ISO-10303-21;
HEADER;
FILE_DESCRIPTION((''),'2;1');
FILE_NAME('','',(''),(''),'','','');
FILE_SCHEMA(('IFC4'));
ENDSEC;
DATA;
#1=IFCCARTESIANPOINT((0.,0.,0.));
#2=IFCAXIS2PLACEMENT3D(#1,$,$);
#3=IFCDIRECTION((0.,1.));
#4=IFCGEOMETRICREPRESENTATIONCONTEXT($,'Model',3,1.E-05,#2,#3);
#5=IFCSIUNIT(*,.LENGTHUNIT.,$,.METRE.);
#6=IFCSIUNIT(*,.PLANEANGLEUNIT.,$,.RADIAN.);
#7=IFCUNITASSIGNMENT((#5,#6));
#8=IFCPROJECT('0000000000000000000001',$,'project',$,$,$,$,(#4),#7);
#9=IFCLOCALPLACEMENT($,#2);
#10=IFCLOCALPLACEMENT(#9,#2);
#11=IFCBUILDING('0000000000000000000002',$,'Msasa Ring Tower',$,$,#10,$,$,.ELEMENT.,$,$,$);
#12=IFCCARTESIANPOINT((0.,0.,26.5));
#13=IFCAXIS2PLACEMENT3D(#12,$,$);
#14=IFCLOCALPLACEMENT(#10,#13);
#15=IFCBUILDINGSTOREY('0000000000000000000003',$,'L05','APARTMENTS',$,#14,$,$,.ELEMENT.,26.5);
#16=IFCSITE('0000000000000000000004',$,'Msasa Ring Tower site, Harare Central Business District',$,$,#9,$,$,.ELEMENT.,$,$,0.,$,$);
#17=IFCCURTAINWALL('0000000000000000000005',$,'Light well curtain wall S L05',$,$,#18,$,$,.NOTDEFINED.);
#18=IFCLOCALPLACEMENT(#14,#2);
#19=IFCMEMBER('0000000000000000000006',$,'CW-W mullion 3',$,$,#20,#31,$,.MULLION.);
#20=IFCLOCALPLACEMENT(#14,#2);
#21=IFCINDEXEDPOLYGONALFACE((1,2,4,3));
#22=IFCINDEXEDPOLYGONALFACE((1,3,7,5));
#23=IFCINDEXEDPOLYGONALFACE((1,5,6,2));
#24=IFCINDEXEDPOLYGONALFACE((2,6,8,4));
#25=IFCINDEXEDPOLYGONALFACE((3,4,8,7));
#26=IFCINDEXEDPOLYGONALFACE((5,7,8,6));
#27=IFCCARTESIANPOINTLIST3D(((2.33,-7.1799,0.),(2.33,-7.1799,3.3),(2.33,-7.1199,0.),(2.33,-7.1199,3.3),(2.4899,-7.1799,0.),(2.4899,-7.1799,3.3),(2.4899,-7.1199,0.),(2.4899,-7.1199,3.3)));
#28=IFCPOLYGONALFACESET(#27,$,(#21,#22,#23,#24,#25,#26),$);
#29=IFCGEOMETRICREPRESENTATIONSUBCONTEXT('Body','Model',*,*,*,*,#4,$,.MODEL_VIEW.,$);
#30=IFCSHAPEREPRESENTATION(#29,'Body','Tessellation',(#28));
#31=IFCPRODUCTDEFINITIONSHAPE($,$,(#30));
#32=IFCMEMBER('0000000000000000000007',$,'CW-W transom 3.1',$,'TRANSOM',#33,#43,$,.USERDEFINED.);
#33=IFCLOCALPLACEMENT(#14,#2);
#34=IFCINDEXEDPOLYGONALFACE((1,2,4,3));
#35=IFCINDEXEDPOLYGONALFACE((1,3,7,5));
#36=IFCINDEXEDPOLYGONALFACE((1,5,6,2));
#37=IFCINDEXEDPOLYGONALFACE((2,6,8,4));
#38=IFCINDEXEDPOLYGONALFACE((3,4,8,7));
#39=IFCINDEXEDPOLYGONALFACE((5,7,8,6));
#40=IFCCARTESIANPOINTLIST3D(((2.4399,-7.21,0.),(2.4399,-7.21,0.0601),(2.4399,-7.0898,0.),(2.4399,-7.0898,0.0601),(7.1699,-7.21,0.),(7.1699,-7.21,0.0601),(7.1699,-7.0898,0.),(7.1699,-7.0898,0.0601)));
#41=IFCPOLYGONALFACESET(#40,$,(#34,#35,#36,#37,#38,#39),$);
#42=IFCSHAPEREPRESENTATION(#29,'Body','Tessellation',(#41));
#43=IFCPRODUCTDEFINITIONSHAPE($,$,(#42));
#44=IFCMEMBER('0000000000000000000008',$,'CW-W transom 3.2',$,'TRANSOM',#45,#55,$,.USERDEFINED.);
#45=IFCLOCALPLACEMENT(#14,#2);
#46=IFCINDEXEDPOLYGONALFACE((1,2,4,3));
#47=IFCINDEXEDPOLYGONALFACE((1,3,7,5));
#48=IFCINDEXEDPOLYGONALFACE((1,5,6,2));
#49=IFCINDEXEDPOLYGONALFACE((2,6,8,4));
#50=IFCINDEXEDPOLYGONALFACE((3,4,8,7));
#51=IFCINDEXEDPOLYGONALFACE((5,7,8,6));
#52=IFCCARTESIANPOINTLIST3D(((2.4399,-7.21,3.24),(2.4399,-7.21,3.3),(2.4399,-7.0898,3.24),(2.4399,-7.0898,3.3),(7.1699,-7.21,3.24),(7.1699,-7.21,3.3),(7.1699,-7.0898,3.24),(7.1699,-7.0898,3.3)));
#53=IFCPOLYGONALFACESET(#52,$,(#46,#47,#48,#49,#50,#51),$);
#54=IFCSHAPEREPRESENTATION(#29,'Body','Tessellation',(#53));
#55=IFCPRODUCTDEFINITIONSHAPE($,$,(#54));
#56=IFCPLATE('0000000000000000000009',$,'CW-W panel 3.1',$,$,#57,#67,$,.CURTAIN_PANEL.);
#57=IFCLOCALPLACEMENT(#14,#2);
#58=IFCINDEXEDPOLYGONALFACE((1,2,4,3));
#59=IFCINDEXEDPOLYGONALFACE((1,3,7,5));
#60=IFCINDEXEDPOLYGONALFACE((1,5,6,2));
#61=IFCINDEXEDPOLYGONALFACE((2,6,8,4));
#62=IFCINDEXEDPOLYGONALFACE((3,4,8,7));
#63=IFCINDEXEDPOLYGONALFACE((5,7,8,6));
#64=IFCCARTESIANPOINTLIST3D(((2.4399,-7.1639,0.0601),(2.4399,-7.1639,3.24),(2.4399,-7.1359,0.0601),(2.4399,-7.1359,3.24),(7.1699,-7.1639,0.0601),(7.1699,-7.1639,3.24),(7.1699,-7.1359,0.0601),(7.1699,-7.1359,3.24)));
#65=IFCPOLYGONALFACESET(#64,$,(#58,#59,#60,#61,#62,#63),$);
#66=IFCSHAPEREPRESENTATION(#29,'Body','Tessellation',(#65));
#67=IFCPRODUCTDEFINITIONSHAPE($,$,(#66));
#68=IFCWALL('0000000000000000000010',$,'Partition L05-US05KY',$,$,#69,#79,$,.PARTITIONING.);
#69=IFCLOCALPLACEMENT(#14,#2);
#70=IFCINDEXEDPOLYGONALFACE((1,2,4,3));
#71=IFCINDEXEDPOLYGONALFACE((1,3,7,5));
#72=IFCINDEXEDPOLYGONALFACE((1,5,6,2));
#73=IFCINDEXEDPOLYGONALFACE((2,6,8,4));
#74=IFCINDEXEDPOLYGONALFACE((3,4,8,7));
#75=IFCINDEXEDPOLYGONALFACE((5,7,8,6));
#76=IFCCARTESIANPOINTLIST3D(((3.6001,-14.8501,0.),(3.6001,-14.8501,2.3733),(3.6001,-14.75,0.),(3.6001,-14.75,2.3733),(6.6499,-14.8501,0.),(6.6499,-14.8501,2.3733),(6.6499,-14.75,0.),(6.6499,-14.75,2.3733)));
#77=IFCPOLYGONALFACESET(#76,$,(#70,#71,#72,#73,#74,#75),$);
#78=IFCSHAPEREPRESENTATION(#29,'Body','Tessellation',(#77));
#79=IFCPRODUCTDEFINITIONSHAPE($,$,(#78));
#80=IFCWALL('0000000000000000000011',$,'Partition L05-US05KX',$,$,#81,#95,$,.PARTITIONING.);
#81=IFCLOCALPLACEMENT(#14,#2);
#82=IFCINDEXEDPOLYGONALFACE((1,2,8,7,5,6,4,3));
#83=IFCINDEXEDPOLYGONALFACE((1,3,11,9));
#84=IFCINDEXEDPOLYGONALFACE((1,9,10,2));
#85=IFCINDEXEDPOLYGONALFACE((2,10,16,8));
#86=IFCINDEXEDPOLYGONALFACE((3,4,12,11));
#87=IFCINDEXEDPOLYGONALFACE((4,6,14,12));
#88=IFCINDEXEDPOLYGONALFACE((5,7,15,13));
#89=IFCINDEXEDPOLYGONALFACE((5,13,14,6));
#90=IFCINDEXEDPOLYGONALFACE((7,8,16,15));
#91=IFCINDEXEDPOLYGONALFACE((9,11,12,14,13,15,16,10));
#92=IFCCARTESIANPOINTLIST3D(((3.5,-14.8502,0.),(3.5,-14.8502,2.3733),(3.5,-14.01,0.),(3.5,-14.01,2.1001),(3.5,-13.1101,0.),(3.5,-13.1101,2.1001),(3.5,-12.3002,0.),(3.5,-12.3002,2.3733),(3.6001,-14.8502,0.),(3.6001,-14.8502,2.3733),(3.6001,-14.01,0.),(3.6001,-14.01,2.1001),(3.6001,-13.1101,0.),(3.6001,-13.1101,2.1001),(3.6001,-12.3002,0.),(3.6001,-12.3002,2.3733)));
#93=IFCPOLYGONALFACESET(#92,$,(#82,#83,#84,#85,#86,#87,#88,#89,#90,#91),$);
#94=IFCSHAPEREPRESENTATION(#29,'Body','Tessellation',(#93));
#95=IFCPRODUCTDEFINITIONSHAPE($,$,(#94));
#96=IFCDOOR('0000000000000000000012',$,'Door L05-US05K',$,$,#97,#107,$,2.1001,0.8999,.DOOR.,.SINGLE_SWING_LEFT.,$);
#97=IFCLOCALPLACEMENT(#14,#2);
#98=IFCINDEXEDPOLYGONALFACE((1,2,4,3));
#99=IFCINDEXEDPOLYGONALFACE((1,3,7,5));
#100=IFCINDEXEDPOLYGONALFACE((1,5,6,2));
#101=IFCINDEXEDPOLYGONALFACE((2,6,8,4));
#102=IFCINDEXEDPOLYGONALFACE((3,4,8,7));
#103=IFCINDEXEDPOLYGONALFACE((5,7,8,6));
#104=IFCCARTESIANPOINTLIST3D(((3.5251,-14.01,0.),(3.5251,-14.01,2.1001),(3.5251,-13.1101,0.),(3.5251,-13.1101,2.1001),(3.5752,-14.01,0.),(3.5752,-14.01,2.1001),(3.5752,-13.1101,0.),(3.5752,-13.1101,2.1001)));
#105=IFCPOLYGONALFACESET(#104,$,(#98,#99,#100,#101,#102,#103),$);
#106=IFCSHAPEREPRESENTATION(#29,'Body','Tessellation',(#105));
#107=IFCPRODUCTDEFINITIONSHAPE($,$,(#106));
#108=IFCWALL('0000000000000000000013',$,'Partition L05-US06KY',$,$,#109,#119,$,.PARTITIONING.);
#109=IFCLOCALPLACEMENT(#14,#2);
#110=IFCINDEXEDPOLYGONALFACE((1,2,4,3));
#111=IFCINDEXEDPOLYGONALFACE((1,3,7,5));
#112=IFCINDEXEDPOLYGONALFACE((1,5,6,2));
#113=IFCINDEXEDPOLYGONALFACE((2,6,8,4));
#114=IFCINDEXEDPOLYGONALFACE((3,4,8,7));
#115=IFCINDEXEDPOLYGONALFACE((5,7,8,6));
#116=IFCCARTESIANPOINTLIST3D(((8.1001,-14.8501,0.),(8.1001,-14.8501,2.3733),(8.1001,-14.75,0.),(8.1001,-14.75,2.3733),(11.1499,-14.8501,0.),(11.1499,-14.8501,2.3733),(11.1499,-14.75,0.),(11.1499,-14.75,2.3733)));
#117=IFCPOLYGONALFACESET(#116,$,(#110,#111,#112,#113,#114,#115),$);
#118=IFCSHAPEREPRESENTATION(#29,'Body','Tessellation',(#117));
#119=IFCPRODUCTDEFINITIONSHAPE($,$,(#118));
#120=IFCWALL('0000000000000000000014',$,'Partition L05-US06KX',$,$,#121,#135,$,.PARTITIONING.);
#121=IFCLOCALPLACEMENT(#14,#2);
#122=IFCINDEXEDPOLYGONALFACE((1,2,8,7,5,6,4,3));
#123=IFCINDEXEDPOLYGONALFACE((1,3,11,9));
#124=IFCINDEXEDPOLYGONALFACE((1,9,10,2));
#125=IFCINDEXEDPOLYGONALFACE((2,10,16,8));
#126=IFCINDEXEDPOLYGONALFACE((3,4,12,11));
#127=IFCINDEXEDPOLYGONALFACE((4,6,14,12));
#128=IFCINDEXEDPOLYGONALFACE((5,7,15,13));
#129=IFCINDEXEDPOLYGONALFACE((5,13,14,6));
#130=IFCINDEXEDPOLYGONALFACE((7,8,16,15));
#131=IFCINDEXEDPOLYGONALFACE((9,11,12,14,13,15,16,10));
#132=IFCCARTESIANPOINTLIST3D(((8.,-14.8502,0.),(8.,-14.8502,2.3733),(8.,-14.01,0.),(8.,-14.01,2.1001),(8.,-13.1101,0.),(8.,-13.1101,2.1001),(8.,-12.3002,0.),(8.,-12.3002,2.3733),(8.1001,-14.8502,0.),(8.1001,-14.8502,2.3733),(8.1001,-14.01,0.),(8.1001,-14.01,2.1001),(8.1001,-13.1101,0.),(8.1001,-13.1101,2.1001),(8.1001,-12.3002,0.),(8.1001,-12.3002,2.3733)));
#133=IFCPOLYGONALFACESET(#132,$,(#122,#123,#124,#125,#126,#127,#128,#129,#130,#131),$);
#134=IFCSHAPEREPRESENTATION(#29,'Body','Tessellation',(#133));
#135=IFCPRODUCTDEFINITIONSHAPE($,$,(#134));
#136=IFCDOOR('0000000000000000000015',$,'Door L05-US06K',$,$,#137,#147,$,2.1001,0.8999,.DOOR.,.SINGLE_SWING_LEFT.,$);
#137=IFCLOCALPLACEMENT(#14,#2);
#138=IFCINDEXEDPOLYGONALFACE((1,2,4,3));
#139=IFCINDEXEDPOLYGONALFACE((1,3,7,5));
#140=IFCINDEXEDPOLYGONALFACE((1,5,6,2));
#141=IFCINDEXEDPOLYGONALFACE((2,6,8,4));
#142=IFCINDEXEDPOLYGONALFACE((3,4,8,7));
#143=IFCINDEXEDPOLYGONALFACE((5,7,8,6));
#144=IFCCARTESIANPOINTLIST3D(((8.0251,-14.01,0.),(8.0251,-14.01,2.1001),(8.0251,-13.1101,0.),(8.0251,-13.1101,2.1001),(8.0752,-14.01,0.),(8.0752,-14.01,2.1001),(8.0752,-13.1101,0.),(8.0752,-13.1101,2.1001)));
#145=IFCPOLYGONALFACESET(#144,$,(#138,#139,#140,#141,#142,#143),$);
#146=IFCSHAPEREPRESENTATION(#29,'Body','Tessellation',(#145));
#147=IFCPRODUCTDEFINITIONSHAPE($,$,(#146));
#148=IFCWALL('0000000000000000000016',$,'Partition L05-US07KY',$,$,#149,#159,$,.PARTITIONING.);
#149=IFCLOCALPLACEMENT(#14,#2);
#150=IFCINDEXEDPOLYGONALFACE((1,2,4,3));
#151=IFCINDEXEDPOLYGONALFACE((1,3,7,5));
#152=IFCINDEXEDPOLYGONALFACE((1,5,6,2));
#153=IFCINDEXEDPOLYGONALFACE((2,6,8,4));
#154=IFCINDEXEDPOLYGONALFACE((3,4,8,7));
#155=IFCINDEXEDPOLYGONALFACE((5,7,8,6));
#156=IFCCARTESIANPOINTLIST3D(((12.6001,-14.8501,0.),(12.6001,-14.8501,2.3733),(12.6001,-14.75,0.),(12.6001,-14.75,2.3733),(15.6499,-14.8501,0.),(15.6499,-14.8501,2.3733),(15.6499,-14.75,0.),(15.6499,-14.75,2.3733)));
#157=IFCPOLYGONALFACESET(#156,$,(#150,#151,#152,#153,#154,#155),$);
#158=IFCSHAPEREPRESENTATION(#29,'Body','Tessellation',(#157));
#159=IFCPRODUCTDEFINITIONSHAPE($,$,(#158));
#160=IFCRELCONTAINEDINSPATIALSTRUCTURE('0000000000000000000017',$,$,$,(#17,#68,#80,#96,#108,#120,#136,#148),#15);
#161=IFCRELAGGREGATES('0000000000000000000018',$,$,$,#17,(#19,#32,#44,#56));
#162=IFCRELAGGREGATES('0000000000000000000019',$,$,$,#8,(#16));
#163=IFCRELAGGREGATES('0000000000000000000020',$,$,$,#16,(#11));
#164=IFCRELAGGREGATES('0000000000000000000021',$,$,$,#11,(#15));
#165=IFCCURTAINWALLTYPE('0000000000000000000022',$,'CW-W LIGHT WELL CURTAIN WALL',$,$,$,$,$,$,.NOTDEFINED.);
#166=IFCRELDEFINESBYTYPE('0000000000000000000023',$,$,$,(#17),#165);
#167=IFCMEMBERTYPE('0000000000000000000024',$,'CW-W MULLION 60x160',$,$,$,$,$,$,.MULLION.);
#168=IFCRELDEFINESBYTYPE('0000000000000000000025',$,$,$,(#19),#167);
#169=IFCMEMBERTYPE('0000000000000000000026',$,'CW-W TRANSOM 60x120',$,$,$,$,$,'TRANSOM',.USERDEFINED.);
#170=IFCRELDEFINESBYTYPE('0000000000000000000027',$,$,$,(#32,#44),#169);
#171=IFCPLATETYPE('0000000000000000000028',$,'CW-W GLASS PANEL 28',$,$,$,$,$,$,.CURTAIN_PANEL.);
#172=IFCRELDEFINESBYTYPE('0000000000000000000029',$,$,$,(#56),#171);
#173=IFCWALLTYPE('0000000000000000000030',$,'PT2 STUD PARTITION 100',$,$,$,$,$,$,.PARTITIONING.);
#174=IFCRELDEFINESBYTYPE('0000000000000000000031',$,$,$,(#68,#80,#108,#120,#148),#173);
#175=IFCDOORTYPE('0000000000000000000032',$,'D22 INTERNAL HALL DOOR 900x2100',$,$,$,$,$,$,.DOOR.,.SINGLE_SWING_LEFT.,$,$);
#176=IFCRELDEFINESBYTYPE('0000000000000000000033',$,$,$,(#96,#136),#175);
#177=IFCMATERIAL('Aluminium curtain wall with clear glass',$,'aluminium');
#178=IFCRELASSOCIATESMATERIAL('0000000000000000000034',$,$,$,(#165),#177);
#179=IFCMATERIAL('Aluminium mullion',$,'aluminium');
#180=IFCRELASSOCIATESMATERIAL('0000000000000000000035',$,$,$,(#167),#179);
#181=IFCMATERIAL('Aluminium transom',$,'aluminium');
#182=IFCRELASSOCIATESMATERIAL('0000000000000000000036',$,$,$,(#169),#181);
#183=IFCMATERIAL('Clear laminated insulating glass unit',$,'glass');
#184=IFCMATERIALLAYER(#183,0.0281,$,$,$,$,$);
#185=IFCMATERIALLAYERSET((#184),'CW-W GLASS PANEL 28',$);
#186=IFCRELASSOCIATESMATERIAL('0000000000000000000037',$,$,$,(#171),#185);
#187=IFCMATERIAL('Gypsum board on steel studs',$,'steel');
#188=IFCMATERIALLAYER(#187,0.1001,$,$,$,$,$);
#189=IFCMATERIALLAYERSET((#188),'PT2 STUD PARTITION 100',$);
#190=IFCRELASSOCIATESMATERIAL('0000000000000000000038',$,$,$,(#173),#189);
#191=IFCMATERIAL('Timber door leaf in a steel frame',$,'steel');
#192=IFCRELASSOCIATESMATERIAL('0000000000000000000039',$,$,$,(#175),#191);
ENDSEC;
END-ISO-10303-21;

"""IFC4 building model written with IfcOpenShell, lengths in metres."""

from ifc_helpers import new_model, si_unit, direction, frame, frame_2d, origin, origin_2d, place, context, subcontext, project, spatial, rectangle, extrude, material, layer, layer_set, material_profile, profile_set, type_object, element, fill, aggregate, save


model = new_model("IFC4")

# Units and contexts
model_context = context("Model", 3, precision=1e-05, world=origin(), true_north=direction((0.0, 1.0)))
body_context = subcontext(model_context, "Body", "Model", "MODEL_VIEW")
ifc_project = project(units=[si_unit("LENGTHUNIT", "METRE"), si_unit("PLANEANGLEUNIT", "RADIAN")], contexts=[model_context])

# Site, building, storey
site_placement = place(None, origin())
site = spatial("IfcSite", under=ifc_project, at=site_placement, Name="Msasa Ring Tower site, Harare Central Business District", CompositionType="ELEMENT", RefElevation=0.0)
building_placement = place(site_placement, origin())
building = spatial("IfcBuilding", under=site, at=building_placement, Name="Msasa Ring Tower", CompositionType="ELEMENT")
storey_placement = place(building_placement, frame((0.0, 0.0, 26.5)))
storey = spatial("IfcBuildingStorey", under=building, at=storey_placement, Name="L05", Description="APARTMENTS", CompositionType="ELEMENT", Elevation=26.5)

# Curtain wall, members, plate
ifc_material_1 = material(Name="Aluminium curtain wall with clear glass", Category="aluminium")
curtain_wall_type = type_object("IfcCurtainWallType", Name="CW-W LIGHT WELL CURTAIN WALL", PredefinedType="NOTDEFINED", material=ifc_material_1)
curtain_wall_placement = place(storey_placement, origin())
curtain_wall = element("IfcCurtainWall", 1, at=curtain_wall_placement, inside=storey, type_object=curtain_wall_type, Name="Light well curtain wall S L05", PredefinedType="NOTDEFINED")
ifc_material_2 = material(Name="Aluminium mullion", Category="aluminium")
ifc_material_profile_1 = material_profile(ifc_material_2, rectangle(XDim=0.0601, YDim=0.1599, at=origin_2d()), Name="AL 60x160")
ifc_profile_set_1 = profile_set([ifc_material_profile_1], Name="Aluminium mullion")
member_type_1 = type_object("IfcMemberType", Name="CW-W MULLION 60x160", PredefinedType="MULLION", material=ifc_profile_set_1)
member_1_placement = place(storey_placement, frame((2.4099, -7.1499, 0.0), z_axis=(0.0, 0.0, 1.0), x_axis=(0.0, 1.0, 0.0)))
member_1 = element("IfcMember", 2, at=member_1_placement, type_object=member_type_1, Name="CW-W mullion 3", PredefinedType="MULLION", context=body_context, shape_type="SweptSolid", body=[
    extrude(rectangle(XDim=0.0601, YDim=0.1599, at=origin_2d()), origin(), (0.0, 0.0, 1.0), 3.3),
])
ifc_material_3 = material(Name="Aluminium transom", Category="aluminium")
ifc_material_profile_2 = material_profile(ifc_material_3, rectangle(XDim=0.1201, YDim=0.0601, at=origin_2d()), Name="AL 60x120")
ifc_profile_set_2 = profile_set([ifc_material_profile_2], Name="Aluminium transom")
member_type_2 = type_object("IfcMemberType", Name="CW-W TRANSOM 60x120", ElementType="TRANSOM", PredefinedType="USERDEFINED", material=ifc_profile_set_2)
member_2_placement = place(storey_placement, frame((2.4399, -7.1499, 0.03), z_axis=(1.0, 0.0, 0.0), x_axis=(0.0, 1.0, 0.0)))
member_2 = element("IfcMember", 3, at=member_2_placement, type_object=member_type_2, Name="CW-W transom 3.1", ObjectType="TRANSOM", PredefinedType="USERDEFINED", context=body_context, shape_type="SweptSolid", body=[
    extrude(rectangle(XDim=0.1201, YDim=0.0601, at=origin_2d()), origin(), (0.0, 0.0, 1.0), 4.73),
])
member_3_placement = place(storey_placement, frame((2.4399, -7.1499, 3.27), z_axis=(1.0, 0.0, 0.0), x_axis=(0.0, 1.0, 0.0)))
member_3 = element("IfcMember", 4, at=member_3_placement, type_object=member_type_2, Name="CW-W transom 3.2", ObjectType="TRANSOM", PredefinedType="USERDEFINED", context=body_context, shape_type="SweptSolid", body=[
    extrude(rectangle(XDim=0.1201, YDim=0.0601, at=origin_2d()), origin(), (0.0, 0.0, 1.0), 4.73),
])
ifc_material_4 = material(Name="Clear laminated insulating glass unit", Category="glass")
ifc_layer_1 = layer(ifc_material_4, 0.0281)
ifc_layer_set_1 = layer_set([ifc_layer_1], Name="CW-W GLASS PANEL 28")
plate_type = type_object("IfcPlateType", Name="CW-W GLASS PANEL 28", PredefinedType="CURTAIN_PANEL", material=ifc_layer_set_1)
plate_placement = place(storey_placement, frame((4.8049, -7.1499, 0.0601), z_axis=(0.0, 0.0, 1.0), x_axis=(1.0, 0.0, 0.0)))
plate = element("IfcPlate", 5, at=plate_placement, type_object=plate_type, Name="CW-W panel 3.1", PredefinedType="CURTAIN_PANEL", context=body_context, shape_type="SweptSolid", body=[
    extrude(rectangle(XDim=4.73, YDim=0.0281, at=origin_2d()), origin(), (0.0, 0.0, 1.0), 3.1799),
])
aggregate(curtain_wall, [member_1, member_2, member_3, plate])

# Wall
ifc_material_5 = material(Name="Gypsum board on steel studs", Category="steel")
ifc_layer_2 = layer(ifc_material_5, 0.1001)
ifc_layer_set_2 = layer_set([ifc_layer_2], Name="PT2 STUD PARTITION 100")
wall_type_1 = type_object("IfcWallType", Name="PT2 STUD PARTITION 100", PredefinedType="PARTITIONING", material=ifc_layer_set_2)
wall_1_placement = place(storey_placement, frame((3.6001, -14.8, 0.0), z_axis=(0.0, 0.0, 1.0), x_axis=(1.0, 0.0, 0.0)))
element("IfcWall", 6, at=wall_1_placement, inside=storey, type_object=wall_type_1, Name="Partition L05-US05KY", PredefinedType="PARTITIONING", context=body_context, shape_type="SweptSolid", body=[
    extrude(rectangle(XDim=3.0498, YDim=0.1001, at=frame_2d((1.5249, 0.0))), origin(), (0.0, 0.0, 1.0), 2.3733),
])

# Wall, opening, door
wall_2_placement = place(storey_placement, frame((3.55, -14.8501, 0.0), z_axis=(0.0, 0.0, 1.0), x_axis=(0.0, 1.0, 0.0)))
wall_2 = element("IfcWall", 7, at=wall_2_placement, inside=storey, type_object=wall_type_1, Name="Partition L05-US05KX", PredefinedType="PARTITIONING", context=body_context, shape_type="SweptSolid", body=[
    extrude(rectangle(XDim=2.55, YDim=0.1001, at=frame_2d((1.2749, 0.0))), origin(), (0.0, 0.0, 1.0), 2.3733),
])
opening_1_placement = place(wall_2_placement, frame((0.8401, 0.0, 0.0)))
opening_1 = element("IfcOpeningElement", 8, at=opening_1_placement, cuts=wall_2, PredefinedType="OPENING", context=body_context, shape_type="SweptSolid", body=[
    extrude(rectangle(XDim=0.8999, YDim=2.1001, at=frame_2d((0.45, 1.05))), frame((0.0, 0.0601, 0.0), z_axis=(0.0, -1.0, 0.0), x_axis=(1.0, 0.0, 0.0)), (0.0, 0.0, 1.0), 0.1201),
])
ifc_material_6 = material(Name="Timber door leaf in a steel frame", Category="steel")
door_type_1 = type_object("IfcDoorType", Name="D22 INTERNAL HALL DOOR 900x2100", OperationType="SINGLE_SWING_LEFT", PredefinedType="DOOR", material=ifc_material_6)
door_1_placement = place(opening_1_placement, origin())
door_1 = element("IfcDoor", 9, at=door_1_placement, inside=storey, type_object=door_type_1, Name="Door L05-US05K", OperationType="SINGLE_SWING_LEFT", OverallHeight=2.1001, OverallWidth=0.8999, PredefinedType="DOOR", context=body_context, shape_type="SweptSolid", body=[
    extrude(rectangle(XDim=0.8999, YDim=2.1001, at=frame_2d((0.45, 1.05))), frame((0.0, 0.0249, 0.0), z_axis=(0.0, -1.0, 0.0), x_axis=(1.0, 0.0, 0.0)), (0.0, 0.0, 1.0), 0.05),
])
fill(opening_1, door_1)

# Wall
wall_3_placement = place(storey_placement, frame((8.1001, -14.8, 0.0), z_axis=(0.0, 0.0, 1.0), x_axis=(1.0, 0.0, 0.0)))
element("IfcWall", 10, at=wall_3_placement, inside=storey, type_object=wall_type_1, Name="Partition L05-US06KY", PredefinedType="PARTITIONING", context=body_context, shape_type="SweptSolid", body=[
    extrude(rectangle(XDim=3.0498, YDim=0.1001, at=frame_2d((1.5249, 0.0))), origin(), (0.0, 0.0, 1.0), 2.3733),
])

# Wall, opening, door
wall_4_placement = place(storey_placement, frame((8.05, -14.8501, 0.0), z_axis=(0.0, 0.0, 1.0), x_axis=(0.0, 1.0, 0.0)))
wall_4 = element("IfcWall", 11, at=wall_4_placement, inside=storey, type_object=wall_type_1, Name="Partition L05-US06KX", PredefinedType="PARTITIONING", context=body_context, shape_type="SweptSolid", body=[
    extrude(rectangle(XDim=2.55, YDim=0.1001, at=frame_2d((1.2749, 0.0))), origin(), (0.0, 0.0, 1.0), 2.3733),
])
opening_2_placement = place(wall_4_placement, frame((0.8401, 0.0, 0.0)))
opening_2 = element("IfcOpeningElement", 12, at=opening_2_placement, cuts=wall_4, PredefinedType="OPENING", context=body_context, shape_type="SweptSolid", body=[
    extrude(rectangle(XDim=0.8999, YDim=2.1001, at=frame_2d((0.45, 1.05))), frame((0.0, 0.0601, 0.0), z_axis=(0.0, -1.0, 0.0), x_axis=(1.0, 0.0, 0.0)), (0.0, 0.0, 1.0), 0.1201),
])
door_2_placement = place(opening_2_placement, origin())
door_2 = element("IfcDoor", 13, at=door_2_placement, inside=storey, type_object=door_type_1, Name="Door L05-US06K", OperationType="SINGLE_SWING_LEFT", OverallHeight=2.1001, OverallWidth=0.8999, PredefinedType="DOOR", context=body_context, shape_type="SweptSolid", body=[
    extrude(rectangle(XDim=0.8999, YDim=2.1001, at=frame_2d((0.45, 1.05))), frame((0.0, 0.0249, 0.0), z_axis=(0.0, -1.0, 0.0), x_axis=(1.0, 0.0, 0.0)), (0.0, 0.0, 1.0), 0.05),
])
fill(opening_2, door_2)

# Wall
wall_5_placement = place(storey_placement, frame((12.6001, -14.8, 0.0), z_axis=(0.0, 0.0, 1.0), x_axis=(1.0, 0.0, 0.0)))
element("IfcWall", 14, at=wall_5_placement, inside=storey, type_object=wall_type_1, Name="Partition L05-US07KY", PredefinedType="PARTITIONING", context=body_context, shape_type="SweptSolid", body=[
    extrude(rectangle(XDim=3.0498, YDim=0.1001, at=frame_2d((1.5249, 0.0))), origin(), (0.0, 0.0, 1.0), 2.3733),
])

save(model, "model.ifc")
